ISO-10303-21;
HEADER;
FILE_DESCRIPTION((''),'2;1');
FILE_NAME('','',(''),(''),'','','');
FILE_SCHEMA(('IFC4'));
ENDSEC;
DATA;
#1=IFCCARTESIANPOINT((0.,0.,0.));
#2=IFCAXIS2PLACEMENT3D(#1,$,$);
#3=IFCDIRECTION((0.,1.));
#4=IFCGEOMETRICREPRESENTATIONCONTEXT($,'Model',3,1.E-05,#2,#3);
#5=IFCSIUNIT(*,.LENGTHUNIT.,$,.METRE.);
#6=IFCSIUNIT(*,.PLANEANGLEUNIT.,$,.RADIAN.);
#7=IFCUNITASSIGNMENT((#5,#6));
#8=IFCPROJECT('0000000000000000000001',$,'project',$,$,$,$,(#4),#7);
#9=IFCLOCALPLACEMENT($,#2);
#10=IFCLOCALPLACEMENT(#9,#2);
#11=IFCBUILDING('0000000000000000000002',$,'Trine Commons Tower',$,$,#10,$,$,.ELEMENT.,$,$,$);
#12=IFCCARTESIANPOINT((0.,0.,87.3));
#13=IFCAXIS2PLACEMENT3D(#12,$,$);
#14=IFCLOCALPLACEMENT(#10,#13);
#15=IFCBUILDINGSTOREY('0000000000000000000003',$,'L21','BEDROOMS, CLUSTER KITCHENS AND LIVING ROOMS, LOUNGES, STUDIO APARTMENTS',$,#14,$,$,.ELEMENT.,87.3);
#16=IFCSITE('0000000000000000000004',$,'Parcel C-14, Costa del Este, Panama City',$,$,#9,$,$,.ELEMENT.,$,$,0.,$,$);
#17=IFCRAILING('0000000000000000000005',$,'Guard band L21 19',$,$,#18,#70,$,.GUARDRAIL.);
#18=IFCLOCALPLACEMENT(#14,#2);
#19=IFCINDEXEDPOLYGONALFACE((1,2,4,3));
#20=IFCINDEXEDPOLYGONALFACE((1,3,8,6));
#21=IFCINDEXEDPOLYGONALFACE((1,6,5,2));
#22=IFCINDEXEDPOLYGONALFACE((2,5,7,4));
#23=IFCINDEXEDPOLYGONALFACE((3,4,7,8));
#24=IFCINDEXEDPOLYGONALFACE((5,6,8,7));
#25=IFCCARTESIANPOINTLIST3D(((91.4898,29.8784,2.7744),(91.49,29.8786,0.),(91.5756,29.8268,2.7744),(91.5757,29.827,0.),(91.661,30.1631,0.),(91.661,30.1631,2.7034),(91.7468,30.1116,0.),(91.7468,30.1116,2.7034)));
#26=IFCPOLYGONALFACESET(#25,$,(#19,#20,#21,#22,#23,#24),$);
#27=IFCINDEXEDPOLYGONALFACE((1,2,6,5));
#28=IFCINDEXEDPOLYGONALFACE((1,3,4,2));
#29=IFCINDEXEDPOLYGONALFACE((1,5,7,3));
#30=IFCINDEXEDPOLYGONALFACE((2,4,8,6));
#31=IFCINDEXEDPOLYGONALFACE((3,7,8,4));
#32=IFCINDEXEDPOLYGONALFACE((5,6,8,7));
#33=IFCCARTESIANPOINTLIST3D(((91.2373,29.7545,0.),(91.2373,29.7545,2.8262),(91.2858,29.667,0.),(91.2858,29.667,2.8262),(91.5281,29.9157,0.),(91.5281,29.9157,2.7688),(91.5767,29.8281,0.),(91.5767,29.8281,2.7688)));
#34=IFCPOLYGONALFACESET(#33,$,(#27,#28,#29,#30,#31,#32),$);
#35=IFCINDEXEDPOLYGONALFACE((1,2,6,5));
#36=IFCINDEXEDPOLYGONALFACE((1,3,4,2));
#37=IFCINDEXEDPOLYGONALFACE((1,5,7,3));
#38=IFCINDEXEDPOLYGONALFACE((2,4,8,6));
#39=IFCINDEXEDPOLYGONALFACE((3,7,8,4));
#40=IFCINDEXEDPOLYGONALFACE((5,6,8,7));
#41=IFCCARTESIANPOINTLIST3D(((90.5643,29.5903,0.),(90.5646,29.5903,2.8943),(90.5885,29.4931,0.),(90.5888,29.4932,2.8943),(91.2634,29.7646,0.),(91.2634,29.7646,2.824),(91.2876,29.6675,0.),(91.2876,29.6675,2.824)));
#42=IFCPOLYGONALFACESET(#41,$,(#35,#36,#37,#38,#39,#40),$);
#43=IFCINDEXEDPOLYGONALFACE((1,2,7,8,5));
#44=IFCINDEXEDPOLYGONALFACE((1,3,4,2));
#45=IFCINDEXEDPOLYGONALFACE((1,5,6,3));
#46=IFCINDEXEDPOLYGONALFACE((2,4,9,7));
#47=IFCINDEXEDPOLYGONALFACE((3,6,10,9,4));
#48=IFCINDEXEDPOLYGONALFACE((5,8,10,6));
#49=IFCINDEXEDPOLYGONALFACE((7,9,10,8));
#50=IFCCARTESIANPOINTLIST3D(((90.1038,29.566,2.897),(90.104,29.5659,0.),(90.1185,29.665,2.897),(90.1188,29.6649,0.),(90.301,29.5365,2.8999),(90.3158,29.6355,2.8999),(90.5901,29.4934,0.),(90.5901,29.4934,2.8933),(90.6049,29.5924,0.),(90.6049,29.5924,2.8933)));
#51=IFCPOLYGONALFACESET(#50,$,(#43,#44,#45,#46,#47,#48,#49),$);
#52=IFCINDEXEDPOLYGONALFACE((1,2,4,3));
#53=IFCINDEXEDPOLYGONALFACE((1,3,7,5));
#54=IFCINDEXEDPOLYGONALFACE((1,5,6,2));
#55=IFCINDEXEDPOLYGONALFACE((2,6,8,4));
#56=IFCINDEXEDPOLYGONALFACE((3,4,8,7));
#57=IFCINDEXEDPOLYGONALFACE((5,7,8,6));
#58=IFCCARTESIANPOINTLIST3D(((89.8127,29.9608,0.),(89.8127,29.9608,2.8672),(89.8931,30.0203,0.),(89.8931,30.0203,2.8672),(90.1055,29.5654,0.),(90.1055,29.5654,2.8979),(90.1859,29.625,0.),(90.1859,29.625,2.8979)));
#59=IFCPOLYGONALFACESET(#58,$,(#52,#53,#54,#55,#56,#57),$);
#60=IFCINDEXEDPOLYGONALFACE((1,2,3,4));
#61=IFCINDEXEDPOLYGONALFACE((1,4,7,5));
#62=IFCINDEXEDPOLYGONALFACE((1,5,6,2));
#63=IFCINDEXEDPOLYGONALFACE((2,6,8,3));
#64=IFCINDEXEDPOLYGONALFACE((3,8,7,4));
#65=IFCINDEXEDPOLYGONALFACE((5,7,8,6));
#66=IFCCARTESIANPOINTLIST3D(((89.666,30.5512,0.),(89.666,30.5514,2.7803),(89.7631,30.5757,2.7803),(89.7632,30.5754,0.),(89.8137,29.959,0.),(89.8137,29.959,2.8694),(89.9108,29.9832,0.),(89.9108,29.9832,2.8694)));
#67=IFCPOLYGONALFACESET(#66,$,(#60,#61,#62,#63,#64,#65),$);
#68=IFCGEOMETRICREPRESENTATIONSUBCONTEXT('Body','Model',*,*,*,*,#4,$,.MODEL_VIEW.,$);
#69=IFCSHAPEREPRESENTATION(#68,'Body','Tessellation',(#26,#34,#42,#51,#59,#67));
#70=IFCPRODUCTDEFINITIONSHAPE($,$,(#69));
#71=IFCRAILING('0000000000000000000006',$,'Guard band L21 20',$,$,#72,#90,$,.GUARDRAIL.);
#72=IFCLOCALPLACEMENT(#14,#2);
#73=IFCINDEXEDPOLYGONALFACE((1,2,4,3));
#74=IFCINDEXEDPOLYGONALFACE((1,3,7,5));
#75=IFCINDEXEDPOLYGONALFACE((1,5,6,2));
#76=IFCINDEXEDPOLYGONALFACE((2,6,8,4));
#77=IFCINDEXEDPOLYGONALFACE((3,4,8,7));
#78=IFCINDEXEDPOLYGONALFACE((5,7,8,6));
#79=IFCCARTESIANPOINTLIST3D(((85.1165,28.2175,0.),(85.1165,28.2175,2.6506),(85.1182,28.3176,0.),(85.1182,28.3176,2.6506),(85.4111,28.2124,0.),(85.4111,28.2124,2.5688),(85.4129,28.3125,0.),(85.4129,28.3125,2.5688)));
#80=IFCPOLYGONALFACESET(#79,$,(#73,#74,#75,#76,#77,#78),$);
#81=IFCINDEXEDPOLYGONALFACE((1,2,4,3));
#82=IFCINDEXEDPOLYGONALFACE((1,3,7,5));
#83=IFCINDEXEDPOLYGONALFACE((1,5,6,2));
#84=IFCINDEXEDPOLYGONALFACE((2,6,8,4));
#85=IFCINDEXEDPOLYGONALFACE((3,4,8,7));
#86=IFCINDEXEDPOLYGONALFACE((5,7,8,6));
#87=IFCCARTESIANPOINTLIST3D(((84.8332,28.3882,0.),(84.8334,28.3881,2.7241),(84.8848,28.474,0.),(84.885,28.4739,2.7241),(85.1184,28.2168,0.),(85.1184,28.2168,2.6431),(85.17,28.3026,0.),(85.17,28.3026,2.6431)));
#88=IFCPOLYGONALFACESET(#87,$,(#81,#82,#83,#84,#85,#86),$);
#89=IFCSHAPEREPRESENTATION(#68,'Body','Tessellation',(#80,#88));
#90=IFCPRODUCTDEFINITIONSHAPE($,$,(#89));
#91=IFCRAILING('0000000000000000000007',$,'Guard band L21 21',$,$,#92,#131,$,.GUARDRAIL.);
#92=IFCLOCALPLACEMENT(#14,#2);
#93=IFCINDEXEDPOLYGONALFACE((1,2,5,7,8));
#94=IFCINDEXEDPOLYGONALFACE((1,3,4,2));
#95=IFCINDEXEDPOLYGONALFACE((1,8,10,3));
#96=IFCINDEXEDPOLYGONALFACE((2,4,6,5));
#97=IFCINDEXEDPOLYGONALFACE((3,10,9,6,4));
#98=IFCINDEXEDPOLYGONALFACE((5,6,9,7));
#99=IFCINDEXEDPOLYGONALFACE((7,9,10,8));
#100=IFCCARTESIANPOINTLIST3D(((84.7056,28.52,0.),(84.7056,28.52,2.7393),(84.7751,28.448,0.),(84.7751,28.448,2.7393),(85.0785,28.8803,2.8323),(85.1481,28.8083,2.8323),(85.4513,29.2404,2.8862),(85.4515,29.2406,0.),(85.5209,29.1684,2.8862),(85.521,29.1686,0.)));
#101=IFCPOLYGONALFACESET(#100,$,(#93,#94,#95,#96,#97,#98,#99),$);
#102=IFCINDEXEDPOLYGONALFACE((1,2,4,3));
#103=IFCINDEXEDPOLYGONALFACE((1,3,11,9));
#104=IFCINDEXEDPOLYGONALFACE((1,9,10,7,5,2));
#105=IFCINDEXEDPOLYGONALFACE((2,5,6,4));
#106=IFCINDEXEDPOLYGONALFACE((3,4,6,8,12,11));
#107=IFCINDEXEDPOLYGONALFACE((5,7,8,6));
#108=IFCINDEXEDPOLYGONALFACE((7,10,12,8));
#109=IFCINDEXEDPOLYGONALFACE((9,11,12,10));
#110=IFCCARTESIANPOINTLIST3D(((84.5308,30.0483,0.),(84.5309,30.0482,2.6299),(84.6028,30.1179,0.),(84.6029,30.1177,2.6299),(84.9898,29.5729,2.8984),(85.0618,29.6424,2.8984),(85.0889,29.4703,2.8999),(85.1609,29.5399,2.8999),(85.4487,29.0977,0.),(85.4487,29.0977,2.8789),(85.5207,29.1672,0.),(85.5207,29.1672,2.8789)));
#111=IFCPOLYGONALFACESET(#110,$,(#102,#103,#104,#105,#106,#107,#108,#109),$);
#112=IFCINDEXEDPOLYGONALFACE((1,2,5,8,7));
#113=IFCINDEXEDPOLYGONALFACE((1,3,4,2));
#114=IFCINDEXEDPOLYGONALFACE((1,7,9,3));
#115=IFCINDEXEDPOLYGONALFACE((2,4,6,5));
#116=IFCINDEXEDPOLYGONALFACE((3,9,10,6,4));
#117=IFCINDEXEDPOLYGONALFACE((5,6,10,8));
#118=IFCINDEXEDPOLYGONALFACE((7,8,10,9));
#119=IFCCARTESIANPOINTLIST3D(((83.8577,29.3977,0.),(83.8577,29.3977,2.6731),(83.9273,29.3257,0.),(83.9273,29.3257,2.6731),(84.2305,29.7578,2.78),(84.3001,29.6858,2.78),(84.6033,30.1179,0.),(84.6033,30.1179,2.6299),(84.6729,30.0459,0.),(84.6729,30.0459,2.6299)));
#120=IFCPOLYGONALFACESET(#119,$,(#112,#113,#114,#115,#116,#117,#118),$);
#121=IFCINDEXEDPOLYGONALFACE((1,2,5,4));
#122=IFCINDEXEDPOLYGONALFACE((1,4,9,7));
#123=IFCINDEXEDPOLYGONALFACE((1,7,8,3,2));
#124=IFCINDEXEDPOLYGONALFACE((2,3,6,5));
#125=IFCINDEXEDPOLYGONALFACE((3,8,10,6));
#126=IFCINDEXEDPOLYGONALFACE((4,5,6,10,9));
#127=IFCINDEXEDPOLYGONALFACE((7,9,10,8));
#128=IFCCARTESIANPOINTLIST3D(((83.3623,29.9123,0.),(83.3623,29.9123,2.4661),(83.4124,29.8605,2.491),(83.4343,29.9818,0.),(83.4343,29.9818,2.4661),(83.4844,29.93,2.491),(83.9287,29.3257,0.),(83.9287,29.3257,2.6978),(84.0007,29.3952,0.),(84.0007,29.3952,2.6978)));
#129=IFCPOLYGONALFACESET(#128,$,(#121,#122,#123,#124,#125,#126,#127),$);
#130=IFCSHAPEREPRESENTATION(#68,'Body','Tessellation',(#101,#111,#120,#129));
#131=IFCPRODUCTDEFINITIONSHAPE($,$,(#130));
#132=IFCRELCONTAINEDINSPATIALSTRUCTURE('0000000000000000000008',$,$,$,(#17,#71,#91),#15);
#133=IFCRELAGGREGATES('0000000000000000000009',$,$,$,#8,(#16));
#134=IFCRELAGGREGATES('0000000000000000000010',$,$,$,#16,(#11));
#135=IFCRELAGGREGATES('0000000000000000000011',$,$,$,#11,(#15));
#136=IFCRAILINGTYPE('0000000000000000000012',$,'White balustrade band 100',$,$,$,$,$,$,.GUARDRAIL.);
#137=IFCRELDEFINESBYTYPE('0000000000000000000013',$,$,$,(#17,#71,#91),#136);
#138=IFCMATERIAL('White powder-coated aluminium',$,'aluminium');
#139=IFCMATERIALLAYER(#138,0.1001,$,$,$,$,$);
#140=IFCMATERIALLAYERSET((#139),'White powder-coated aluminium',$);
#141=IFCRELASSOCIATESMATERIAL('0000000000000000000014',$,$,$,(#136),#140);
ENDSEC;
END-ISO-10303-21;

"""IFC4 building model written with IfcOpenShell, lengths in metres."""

from ifc_helpers import new_model, si_unit, direction, frame, origin, place, context, subcontext, project, spatial, polyline, outline, extrude, material, layer, layer_set, type_object, element, save


model = new_model("IFC4")

# Units and contexts
model_context = context("Model", 3, precision=1e-05, world=origin(), true_north=direction((0.0, 1.0)))
body_context = subcontext(model_context, "Body", "Model", "MODEL_VIEW")
ifc_project = project(units=[si_unit("LENGTHUNIT", "METRE"), si_unit("PLANEANGLEUNIT", "RADIAN")], contexts=[model_context])

# Site, building, storey
site_placement = place(None, origin())
site = spatial("IfcSite", under=ifc_project, at=site_placement, Name="Parcel C-14, Costa del Este, Panama City", CompositionType="ELEMENT", RefElevation=0.0)
building_placement = place(site_placement, origin())
building = spatial("IfcBuilding", under=site, at=building_placement, Name="Trine Commons Tower", CompositionType="ELEMENT")
storey_placement = place(building_placement, frame((0.0, 0.0, 87.3)))
storey = spatial("IfcBuildingStorey", under=building, at=storey_placement, Name="L21", Description="BEDROOMS, CLUSTER KITCHENS AND LIVING ROOMS, LOUNGES, STUDIO APARTMENTS", CompositionType="ELEMENT", Elevation=87.3)

# Railings
ifc_material_1 = material(Name="White powder-coated aluminium", Category="aluminium")
ifc_layer_1 = layer(ifc_material_1, 0.1001)
ifc_layer_set_1 = layer_set([ifc_layer_1], Name="White powder-coated aluminium")
railing_type = type_object("IfcRailingType", Name="White balustrade band 100", PredefinedType="GUARDRAIL", material=ifc_layer_set_1)
railing_1_placement = place(storey_placement, origin())
element("IfcRailing", 1, at=railing_1_placement, inside=storey, type_object=railing_type, Name="Guard band L21 19", PredefinedType="GUARDRAIL", context=body_context, shape_type="SweptSolid", body=[
    extrude(outline(polyline([(0.0, 0.0), (0.332, 0.0), (0.3323, 2.7744), (0.0, 2.7034), (0.0, 0.0)])), frame((91.7468, 30.1116, 0.0), z_axis=(-0.857039, 0.515252, 0.0), x_axis=(-0.515252, -0.857039, 0.0)), (0.0, 0.0, 1.0), 0.1001),
    extrude(outline(polyline([(0.0, 0.0), (0.3325, 0.0), (0.3325, 2.8262), (0.0, 2.7688), (0.0, 0.0)])), frame((91.5767, 29.8281, 0.0), z_axis=(-0.484707, 0.874676, 0.0), x_axis=(-0.874676, -0.484707, 0.0)), (0.0, 0.0, 1.0), 0.1001),
    extrude(outline(polyline([(0.0, 0.0), (0.7205, 0.0), (0.7202, 2.8943), (0.0, 2.824), (0.0, 0.0)])), frame((91.2876, 29.6675, 0.0), z_axis=(-0.241977, 0.970282, 0.0), x_axis=(-0.970282, -0.241977, 0.0)), (0.0, 0.0, 1.0), 0.1001),
    extrude(outline(polyline([(0.0, 0.0), (0.4915, 0.0), (0.4917, 2.897), (0.2922, 2.8999), (0.0, 2.8933), (0.0, 0.0)])), frame((90.5901, 29.4934, 0.0), z_axis=(0.147539, 0.989056, 0.0), x_axis=(-0.989056, 0.147539, 0.0)), (0.0, 0.0, 1.0), 0.1001),
    extrude(outline(polyline([(0.0, 0.0), (0.4919, 0.0), (0.4919, 2.8672), (0.0, 2.8979), (0.0, 0.0)])), frame((90.1055, 29.5654, 0.0), z_axis=(0.803619, 0.595144, 0.0), x_axis=(-0.595144, 0.803619, 0.0)), (0.0, 0.0, 1.0), 0.1001),
    extrude(outline(polyline([(0.0, 0.0), (0.6104, 0.0), (0.6106, 2.7803), (0.0, 2.8694), (0.0, 0.0)])), frame((89.8137, 29.959, 0.0), z_axis=(0.970283, 0.241971, 0.0), x_axis=(-0.241971, 0.970283, 0.0)), (0.0, 0.0, 1.0), 0.1001),
])
railing_2_placement = place(storey_placement, origin())
element("IfcRailing", 2, at=railing_2_placement, inside=storey, type_object=railing_type, Name="Guard band L21 20", PredefinedType="GUARDRAIL", context=body_context, shape_type="SweptSolid", body=[
    extrude(outline(polyline([(0.0, 0.0), (0.2947, 0.0), (0.2947, 2.6506), (0.0, 2.5688), (0.0, 0.0)])), frame((85.4111, 28.2124, 0.0), z_axis=(0.017396, 0.999849, 0.0), x_axis=(-0.999849, 0.017396, 0.0)), (0.0, 0.0, 1.0), 0.1001),
    extrude(outline(polyline([(0.0, 0.0), (0.3328, 0.0), (0.3325, 2.7241), (0.0, 2.6431), (0.0, 0.0)])), frame((85.1184, 28.2168, 0.0), z_axis=(0.515143, 0.857104, 0.0), x_axis=(-0.857104, 0.515143, 0.0)), (0.0, 0.0, 1.0), 0.1001),
])
railing_3_placement = place(storey_placement, origin())
element("IfcRailing", 3, at=railing_3_placement, inside=storey, type_object=railing_type, Name="Guard band L21 21", PredefinedType="GUARDRAIL", context=body_context, shape_type="SweptSolid", body=[
    extrude(outline(polyline([(0.0, 0.0), (1.0371, 0.0), (1.0369, 2.8862), (0.5186, 2.8323), (0.0, 2.7393), (0.0, 0.0)])), frame((84.7056, 28.52, 0.0), z_axis=(0.694758, -0.719243, 0.0), x_axis=(0.719243, 0.694758, 0.0)), (0.0, 0.0, 1.0), 0.1001),
    extrude(outline(polyline([(0.0, 0.0), (1.3215, 0.0), (1.3213, 2.6299), (0.6606, 2.8984), (0.5181, 2.8999), (0.0, 2.8789), (0.0, 0.0)])), frame((85.4487, 29.0977, 0.0), z_axis=(0.719376, 0.694621, 0.0), x_axis=(-0.694621, 0.719376, 0.0)), (0.0, 0.0, 1.0), 0.1001),
    extrude(outline(polyline([(0.0, 0.0), (1.0366, 0.0), (1.0366, 2.6731), (0.5183, 2.78), (0.0, 2.6299), (0.0, 0.0)])), frame((84.6729, 30.0459, 0.0), z_axis=(-0.694754, 0.719247, 0.0), x_axis=(-0.719247, -0.694754, 0.0)), (0.0, 0.0, 1.0), 0.1001),
    extrude(outline(polyline([(0.0, 0.0), (0.8154, 0.0), (0.8154, 2.4661), (0.7434, 2.491), (0.0, 2.6978), (0.0, 0.0)])), frame((83.9287, 29.3257, 0.0), z_axis=(0.719422, 0.694573, 0.0), x_axis=(-0.694573, 0.719422, 0.0)), (0.0, 0.0, 1.0), 0.1001),
])

save(model, "model.ifc")
